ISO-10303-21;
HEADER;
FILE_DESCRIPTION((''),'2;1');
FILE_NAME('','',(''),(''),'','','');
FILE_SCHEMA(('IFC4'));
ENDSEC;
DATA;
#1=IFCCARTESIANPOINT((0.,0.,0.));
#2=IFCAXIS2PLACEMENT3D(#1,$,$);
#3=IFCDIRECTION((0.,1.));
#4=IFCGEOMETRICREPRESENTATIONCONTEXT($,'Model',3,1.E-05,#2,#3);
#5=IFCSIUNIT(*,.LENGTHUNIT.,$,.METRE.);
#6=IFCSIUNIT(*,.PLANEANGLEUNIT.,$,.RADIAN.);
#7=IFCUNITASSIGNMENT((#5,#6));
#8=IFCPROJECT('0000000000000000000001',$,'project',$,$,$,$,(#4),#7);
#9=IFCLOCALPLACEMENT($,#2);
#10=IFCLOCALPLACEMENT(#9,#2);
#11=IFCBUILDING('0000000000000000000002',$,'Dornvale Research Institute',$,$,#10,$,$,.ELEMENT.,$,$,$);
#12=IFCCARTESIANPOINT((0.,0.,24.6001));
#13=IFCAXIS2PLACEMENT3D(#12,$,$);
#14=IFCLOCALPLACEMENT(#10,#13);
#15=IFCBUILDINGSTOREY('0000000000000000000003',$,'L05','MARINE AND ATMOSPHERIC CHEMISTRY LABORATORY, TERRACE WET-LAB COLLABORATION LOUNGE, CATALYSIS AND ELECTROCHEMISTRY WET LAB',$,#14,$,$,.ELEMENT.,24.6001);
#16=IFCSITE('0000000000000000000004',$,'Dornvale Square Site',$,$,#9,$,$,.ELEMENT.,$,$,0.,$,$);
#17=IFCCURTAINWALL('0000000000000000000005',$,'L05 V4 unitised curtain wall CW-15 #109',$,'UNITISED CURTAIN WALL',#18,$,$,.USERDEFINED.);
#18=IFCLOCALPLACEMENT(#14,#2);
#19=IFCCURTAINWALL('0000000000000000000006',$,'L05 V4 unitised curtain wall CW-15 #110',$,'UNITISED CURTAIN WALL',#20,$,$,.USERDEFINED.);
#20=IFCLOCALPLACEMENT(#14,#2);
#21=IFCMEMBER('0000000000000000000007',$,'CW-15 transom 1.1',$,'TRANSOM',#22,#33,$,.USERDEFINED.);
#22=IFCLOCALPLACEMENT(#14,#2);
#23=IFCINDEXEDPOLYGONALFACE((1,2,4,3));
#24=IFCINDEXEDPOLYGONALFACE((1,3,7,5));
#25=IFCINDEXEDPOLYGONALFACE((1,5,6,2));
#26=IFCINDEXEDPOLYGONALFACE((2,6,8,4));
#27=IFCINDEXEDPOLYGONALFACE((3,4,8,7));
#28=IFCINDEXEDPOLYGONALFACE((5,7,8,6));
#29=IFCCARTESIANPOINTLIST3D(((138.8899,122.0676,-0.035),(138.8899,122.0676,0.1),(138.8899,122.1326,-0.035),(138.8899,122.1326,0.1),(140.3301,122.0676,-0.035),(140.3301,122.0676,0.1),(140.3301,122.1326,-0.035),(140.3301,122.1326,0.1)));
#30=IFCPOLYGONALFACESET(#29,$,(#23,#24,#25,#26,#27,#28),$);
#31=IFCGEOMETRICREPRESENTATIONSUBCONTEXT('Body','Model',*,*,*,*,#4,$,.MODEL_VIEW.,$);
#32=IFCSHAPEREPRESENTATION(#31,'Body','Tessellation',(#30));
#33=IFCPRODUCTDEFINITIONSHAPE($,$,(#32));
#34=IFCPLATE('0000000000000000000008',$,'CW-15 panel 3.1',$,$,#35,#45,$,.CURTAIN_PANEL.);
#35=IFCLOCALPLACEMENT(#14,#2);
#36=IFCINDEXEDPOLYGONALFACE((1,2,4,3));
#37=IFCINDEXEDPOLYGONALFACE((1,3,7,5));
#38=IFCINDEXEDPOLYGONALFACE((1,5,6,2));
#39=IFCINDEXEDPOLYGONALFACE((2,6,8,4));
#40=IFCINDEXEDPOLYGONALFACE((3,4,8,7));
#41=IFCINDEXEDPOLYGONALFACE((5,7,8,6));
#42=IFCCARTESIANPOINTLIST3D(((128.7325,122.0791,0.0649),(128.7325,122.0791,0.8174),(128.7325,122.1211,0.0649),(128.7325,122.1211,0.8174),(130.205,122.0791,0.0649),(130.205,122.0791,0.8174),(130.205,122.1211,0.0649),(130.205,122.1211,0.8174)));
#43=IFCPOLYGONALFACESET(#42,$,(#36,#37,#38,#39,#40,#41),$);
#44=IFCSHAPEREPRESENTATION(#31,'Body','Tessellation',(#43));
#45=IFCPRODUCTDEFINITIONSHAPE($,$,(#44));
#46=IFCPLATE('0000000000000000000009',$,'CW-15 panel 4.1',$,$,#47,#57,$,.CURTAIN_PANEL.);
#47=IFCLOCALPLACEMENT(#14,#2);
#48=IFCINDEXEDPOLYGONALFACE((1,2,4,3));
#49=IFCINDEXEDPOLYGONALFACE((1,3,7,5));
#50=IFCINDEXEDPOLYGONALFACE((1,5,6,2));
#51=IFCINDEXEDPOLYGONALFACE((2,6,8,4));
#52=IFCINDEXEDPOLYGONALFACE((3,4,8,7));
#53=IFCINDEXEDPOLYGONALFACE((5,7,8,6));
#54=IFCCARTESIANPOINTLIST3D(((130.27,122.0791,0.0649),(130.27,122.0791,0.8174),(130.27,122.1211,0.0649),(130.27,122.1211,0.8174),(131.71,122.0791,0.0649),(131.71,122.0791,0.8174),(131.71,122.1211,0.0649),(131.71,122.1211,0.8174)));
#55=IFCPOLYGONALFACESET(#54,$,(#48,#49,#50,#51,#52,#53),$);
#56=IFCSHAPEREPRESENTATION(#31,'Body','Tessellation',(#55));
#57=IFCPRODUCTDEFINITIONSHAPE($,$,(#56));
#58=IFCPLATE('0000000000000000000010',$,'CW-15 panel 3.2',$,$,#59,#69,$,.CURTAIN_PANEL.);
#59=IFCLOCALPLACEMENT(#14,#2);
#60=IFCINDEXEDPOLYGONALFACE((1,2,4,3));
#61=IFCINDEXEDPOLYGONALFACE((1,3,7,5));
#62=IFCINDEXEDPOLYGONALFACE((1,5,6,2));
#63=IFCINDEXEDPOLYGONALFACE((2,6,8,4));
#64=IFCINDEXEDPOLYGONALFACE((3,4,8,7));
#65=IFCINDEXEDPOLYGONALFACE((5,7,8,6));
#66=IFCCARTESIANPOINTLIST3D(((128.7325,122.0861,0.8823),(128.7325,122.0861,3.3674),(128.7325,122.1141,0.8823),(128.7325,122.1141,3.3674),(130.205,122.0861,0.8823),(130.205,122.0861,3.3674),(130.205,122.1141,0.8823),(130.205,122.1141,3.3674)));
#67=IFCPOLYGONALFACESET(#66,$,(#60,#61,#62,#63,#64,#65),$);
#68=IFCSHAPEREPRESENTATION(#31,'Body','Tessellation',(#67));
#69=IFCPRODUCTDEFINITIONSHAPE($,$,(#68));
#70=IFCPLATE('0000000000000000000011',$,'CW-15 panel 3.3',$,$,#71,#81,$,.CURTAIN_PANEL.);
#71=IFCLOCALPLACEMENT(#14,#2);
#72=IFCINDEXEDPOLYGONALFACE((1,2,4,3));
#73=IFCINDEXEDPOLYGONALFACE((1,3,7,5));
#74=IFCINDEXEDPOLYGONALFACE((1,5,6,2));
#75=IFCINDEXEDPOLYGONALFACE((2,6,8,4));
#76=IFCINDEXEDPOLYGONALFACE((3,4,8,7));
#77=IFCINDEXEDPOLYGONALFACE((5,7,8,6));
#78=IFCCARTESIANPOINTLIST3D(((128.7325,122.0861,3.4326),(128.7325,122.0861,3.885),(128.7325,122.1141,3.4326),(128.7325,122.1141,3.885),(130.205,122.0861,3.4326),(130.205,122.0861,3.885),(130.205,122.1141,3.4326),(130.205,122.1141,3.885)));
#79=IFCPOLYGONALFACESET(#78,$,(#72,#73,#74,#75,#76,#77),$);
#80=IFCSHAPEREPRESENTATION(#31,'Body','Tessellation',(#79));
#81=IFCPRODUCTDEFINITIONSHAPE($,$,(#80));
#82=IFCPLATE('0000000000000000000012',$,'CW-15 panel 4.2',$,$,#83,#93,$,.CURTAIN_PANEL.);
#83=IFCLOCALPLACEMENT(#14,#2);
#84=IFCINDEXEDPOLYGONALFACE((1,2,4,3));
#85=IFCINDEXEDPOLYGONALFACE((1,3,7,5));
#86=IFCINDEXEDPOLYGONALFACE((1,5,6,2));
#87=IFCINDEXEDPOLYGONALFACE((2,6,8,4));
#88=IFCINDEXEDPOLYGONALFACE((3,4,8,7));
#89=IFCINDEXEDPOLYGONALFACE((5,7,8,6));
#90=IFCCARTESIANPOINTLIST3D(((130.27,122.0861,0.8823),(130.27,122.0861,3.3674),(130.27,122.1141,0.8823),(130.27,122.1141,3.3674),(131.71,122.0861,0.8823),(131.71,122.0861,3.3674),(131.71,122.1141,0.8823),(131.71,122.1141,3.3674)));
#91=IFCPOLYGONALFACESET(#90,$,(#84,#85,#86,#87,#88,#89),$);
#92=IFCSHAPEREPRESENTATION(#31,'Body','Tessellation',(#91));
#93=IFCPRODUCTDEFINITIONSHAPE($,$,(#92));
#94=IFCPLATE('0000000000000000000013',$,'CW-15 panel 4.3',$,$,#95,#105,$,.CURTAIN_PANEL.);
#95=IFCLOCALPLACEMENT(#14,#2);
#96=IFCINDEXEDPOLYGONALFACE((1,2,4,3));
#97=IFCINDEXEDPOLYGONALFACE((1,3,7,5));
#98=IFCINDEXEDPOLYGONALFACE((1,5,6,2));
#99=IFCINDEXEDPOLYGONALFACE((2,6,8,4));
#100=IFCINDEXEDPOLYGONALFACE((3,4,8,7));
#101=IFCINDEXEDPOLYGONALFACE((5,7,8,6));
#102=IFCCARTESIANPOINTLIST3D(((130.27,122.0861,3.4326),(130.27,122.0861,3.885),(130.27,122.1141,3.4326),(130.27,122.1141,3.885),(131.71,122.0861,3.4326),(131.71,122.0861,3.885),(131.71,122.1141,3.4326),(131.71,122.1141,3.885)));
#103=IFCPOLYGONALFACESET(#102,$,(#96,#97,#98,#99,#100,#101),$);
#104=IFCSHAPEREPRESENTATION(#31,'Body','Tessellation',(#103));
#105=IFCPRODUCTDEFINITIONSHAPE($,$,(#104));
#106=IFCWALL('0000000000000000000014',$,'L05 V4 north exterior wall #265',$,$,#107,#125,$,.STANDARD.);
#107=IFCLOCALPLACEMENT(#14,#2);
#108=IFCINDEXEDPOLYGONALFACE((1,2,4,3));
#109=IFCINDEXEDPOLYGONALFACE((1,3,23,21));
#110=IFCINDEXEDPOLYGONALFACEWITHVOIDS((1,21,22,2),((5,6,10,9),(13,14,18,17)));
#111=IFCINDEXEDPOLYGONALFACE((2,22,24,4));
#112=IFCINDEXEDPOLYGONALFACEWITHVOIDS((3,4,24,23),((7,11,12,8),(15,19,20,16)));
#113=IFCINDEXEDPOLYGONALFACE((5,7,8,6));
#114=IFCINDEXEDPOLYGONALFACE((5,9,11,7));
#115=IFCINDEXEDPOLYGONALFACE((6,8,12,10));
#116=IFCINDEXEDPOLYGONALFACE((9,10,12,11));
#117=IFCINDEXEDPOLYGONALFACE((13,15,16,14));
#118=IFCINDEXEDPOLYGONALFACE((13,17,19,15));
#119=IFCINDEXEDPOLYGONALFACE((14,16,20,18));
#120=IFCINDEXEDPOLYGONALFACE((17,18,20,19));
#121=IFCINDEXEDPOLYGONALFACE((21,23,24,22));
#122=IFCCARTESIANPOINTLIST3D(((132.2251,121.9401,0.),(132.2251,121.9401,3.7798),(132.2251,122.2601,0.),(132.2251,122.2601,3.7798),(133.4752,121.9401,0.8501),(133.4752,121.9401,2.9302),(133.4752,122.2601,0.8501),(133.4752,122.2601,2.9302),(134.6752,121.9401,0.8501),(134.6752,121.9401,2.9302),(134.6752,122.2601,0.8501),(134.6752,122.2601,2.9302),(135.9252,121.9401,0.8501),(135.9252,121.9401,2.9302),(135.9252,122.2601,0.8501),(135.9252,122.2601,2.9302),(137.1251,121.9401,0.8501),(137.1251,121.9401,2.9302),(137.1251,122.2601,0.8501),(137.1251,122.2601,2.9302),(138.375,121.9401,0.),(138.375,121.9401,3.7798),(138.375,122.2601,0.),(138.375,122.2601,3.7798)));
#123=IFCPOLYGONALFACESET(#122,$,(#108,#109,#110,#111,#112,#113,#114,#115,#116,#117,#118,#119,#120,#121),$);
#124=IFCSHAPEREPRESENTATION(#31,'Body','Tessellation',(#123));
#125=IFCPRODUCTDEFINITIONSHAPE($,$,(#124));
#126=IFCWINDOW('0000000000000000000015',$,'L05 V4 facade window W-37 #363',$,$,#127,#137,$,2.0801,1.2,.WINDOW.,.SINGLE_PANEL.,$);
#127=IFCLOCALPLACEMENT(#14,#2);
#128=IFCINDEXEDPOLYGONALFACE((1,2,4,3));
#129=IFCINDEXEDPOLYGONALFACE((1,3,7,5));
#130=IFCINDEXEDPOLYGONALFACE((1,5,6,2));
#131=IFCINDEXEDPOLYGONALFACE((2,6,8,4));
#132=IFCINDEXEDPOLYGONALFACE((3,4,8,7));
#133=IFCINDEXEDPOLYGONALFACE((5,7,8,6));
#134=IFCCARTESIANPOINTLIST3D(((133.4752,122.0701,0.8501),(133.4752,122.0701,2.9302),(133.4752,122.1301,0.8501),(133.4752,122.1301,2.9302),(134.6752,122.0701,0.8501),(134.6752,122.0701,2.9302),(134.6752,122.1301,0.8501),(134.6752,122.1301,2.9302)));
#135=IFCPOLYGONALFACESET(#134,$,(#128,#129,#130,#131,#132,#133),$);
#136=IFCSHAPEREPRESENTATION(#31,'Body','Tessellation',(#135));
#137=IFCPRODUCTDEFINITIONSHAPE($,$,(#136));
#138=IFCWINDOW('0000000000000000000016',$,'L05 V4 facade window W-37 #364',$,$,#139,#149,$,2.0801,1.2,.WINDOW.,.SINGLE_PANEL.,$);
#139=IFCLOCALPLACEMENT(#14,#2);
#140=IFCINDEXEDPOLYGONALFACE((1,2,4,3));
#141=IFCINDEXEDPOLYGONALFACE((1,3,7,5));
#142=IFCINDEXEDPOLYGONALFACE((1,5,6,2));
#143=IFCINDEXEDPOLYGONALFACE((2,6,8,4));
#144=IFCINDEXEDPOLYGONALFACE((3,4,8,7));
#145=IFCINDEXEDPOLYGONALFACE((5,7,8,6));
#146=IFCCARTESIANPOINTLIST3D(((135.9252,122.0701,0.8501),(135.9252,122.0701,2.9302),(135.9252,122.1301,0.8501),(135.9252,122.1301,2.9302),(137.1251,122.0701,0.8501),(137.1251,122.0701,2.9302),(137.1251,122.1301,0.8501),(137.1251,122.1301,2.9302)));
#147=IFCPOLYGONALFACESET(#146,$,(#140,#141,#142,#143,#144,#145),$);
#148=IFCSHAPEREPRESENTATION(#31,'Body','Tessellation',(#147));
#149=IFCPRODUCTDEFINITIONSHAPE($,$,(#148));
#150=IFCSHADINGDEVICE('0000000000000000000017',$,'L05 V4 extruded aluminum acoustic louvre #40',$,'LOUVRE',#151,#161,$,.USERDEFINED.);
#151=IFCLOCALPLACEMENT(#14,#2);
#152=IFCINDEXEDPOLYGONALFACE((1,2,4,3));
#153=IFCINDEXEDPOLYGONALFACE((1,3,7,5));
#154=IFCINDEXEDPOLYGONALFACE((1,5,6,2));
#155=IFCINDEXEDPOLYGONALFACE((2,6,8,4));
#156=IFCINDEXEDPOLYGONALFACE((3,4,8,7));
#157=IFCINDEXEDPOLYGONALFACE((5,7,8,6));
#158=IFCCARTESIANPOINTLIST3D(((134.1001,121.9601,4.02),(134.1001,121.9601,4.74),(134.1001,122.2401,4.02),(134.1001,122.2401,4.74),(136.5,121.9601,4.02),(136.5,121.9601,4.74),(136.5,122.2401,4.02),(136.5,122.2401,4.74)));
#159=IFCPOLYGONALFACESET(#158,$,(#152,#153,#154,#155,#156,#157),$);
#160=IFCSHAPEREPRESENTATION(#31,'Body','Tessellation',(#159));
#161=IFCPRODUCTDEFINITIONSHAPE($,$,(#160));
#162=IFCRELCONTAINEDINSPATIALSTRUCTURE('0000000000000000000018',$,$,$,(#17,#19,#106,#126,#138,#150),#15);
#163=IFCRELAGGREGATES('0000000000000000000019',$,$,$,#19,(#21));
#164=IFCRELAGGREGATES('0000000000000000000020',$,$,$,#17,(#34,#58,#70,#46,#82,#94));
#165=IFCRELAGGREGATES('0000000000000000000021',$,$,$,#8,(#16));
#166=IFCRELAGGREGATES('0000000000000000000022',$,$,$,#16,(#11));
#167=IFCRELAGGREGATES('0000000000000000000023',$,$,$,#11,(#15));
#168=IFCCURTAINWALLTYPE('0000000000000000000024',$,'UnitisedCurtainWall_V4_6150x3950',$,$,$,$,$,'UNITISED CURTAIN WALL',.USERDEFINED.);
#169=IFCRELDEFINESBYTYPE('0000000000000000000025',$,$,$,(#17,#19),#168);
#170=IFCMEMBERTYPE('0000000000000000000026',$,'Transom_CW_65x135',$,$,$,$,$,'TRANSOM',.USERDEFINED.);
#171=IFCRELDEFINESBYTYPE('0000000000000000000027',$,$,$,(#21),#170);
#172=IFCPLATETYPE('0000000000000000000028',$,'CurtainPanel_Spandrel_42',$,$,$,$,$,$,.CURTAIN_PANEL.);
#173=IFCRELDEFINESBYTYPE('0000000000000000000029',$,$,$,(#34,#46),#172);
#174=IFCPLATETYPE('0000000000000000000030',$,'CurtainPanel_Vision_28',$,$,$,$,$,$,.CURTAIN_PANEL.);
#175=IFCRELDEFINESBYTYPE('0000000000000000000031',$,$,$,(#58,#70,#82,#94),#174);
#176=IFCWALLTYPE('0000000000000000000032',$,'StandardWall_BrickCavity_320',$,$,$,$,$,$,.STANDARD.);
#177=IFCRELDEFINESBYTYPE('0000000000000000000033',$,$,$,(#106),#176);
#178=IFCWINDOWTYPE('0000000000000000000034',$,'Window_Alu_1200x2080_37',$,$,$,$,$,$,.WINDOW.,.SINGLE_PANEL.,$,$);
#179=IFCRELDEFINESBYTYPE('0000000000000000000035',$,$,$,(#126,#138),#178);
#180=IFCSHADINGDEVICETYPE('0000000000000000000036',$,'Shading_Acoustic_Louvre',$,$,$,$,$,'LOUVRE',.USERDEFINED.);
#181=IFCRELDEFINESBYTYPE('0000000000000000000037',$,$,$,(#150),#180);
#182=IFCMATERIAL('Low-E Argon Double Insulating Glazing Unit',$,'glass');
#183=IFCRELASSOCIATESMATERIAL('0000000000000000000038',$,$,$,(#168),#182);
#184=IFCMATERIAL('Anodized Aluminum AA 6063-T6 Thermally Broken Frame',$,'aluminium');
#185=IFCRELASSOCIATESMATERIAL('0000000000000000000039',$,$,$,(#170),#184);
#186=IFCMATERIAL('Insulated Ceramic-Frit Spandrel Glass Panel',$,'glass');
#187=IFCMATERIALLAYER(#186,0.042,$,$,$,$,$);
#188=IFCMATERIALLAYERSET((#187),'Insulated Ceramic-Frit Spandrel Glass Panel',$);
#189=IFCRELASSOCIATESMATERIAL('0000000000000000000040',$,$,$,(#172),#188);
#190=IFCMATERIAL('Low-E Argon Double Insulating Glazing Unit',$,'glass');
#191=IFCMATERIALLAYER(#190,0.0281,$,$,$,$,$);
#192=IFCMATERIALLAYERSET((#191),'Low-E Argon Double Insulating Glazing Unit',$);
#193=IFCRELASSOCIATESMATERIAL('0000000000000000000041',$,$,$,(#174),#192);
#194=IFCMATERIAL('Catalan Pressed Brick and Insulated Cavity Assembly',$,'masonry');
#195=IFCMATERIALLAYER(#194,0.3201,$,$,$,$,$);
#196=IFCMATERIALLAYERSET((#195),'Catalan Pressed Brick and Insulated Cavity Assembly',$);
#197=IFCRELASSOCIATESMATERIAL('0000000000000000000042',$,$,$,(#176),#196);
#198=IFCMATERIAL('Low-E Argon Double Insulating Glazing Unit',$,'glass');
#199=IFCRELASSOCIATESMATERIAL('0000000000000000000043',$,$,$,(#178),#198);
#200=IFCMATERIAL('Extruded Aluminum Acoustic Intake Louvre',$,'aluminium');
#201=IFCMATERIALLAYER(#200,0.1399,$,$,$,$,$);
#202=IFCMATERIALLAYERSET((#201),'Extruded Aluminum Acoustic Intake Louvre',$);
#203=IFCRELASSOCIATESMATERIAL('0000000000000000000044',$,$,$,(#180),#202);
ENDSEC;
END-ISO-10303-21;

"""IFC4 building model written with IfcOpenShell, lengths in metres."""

from ifc_helpers import new_model, si_unit, direction, frame, frame_2d, origin, origin_2d, place, context, subcontext, project, spatial, rectangle, extrude, material, layer, layer_set, material_profile, profile_set, type_object, element, fill, aggregate, save


model = new_model("IFC4")

# Units and contexts
model_context = context("Model", 3, precision=1e-05, world=origin(), true_north=direction((0.0, 1.0)))
body_context = subcontext(model_context, "Body", "Model", "MODEL_VIEW")
ifc_project = project(units=[si_unit("LENGTHUNIT", "METRE"), si_unit("PLANEANGLEUNIT", "RADIAN")], contexts=[model_context])

# Site, building, storey
site_placement = place(None, origin())
site = spatial("IfcSite", under=ifc_project, at=site_placement, Name="Dornvale Square Site", CompositionType="ELEMENT", RefElevation=0.0)
building_placement = place(site_placement, origin())
building = spatial("IfcBuilding", under=site, at=building_placement, Name="Dornvale Research Institute", CompositionType="ELEMENT")
storey_placement = place(building_placement, frame((0.0, 0.0, 24.6001)))
storey = spatial("IfcBuildingStorey", under=building, at=storey_placement, Name="L05", Description="MARINE AND ATMOSPHERIC CHEMISTRY LABORATORY, TERRACE WET-LAB COLLABORATION LOUNGE, CATALYSIS AND ELECTROCHEMISTRY WET LAB", CompositionType="ELEMENT", Elevation=24.6001)

# Curtain wall
ifc_material_1 = material(Name="Low-E Argon Double Insulating Glazing Unit", Category="glass")
curtain_wall_type = type_object("IfcCurtainWallType", Name="UnitisedCurtainWall_V4_6150x3950", ElementType="UNITISED CURTAIN WALL", PredefinedType="USERDEFINED", material=ifc_material_1)
curtain_wall_1_placement = place(storey_placement, origin())
curtain_wall_1 = element("IfcCurtainWall", 1, at=curtain_wall_1_placement, inside=storey, type_object=curtain_wall_type, Name="L05 V4 unitised curtain wall CW-15 #109", ObjectType="UNITISED CURTAIN WALL", PredefinedType="USERDEFINED")

# Curtain wall
curtain_wall_2_placement = place(storey_placement, origin())
curtain_wall_2 = element("IfcCurtainWall", 2, at=curtain_wall_2_placement, inside=storey, type_object=curtain_wall_type, Name="L05 V4 unitised curtain wall CW-15 #110", ObjectType="UNITISED CURTAIN WALL", PredefinedType="USERDEFINED")

# Member
ifc_material_2 = material(Name="Anodized Aluminum AA 6063-T6 Thermally Broken Frame", Category="aluminium")
ifc_material_profile_1 = material_profile(ifc_material_2, rectangle(XDim=0.0649, YDim=0.135, at=origin_2d()), Name="ALU TRANSOM 65x135")
ifc_profile_set_1 = profile_set([ifc_material_profile_1], Name="Anodized Aluminum AA 6063-T6 Thermally Broken Frame")
member_type_1 = type_object("IfcMemberType", Name="Transom_CW_65x135", ElementType="TRANSOM", PredefinedType="USERDEFINED", material=ifc_profile_set_1)
member_1_placement = place(storey_placement, frame((138.8899, 122.1001, 0.0325), z_axis=(1.0, 0.0, 0.0), x_axis=(0.0, 1.0, 0.0)))
member_1 = element("IfcMember", 3, at=member_1_placement, type_object=member_type_1, Name="CW-15 transom 1.1", ObjectType="TRANSOM", PredefinedType="USERDEFINED", context=body_context, shape_type="SweptSolid", body=[
    extrude(rectangle(XDim=0.0649, YDim=0.135, at=origin_2d()), origin(), (0.0, 0.0, 1.0), 1.4402),
])
aggregate(curtain_wall_2, [member_1])

# Plates
ifc_material_3 = material(Name="Insulated Ceramic-Frit Spandrel Glass Panel", Category="glass")
ifc_layer_1 = layer(ifc_material_3, 0.042)
ifc_layer_set_1 = layer_set([ifc_layer_1], Name="Insulated Ceramic-Frit Spandrel Glass Panel")
plate_type_1 = type_object("IfcPlateType", Name="CurtainPanel_Spandrel_42", PredefinedType="CURTAIN_PANEL", material=ifc_layer_set_1)
plate_1_placement = place(storey_placement, frame((129.4688, 122.1001, 0.0649), z_axis=(0.0, 0.0, 1.0), x_axis=(1.0, 0.0, 0.0)))
plate_1 = element("IfcPlate", 4, at=plate_1_placement, type_object=plate_type_1, Name="CW-15 panel 3.1", PredefinedType="CURTAIN_PANEL", context=body_context, shape_type="SweptSolid", body=[
    extrude(rectangle(XDim=1.4724, YDim=0.042, at=origin_2d()), origin(), (0.0, 0.0, 1.0), 0.7524),
])
plate_2_placement = place(storey_placement, frame((130.99, 122.1001, 0.0649), z_axis=(0.0, 0.0, 1.0), x_axis=(1.0, 0.0, 0.0)))
plate_2 = element("IfcPlate", 5, at=plate_2_placement, type_object=plate_type_1, Name="CW-15 panel 4.1", PredefinedType="CURTAIN_PANEL", context=body_context, shape_type="SweptSolid", body=[
    extrude(rectangle(XDim=1.4399, YDim=0.042, at=origin_2d()), origin(), (0.0, 0.0, 1.0), 0.7524),
])
ifc_material_4 = material(Name="Low-E Argon Double Insulating Glazing Unit", Category="glass")
ifc_layer_2 = layer(ifc_material_4, 0.0281)
ifc_layer_set_2 = layer_set([ifc_layer_2], Name="Low-E Argon Double Insulating Glazing Unit")
plate_type_2 = type_object("IfcPlateType", Name="CurtainPanel_Vision_28", PredefinedType="CURTAIN_PANEL", material=ifc_layer_set_2)
plate_3_placement = place(storey_placement, frame((129.4688, 122.1001, 0.8823), z_axis=(0.0, 0.0, 1.0), x_axis=(1.0, 0.0, 0.0)))
plate_3 = element("IfcPlate", 6, at=plate_3_placement, type_object=plate_type_2, Name="CW-15 panel 3.2", PredefinedType="CURTAIN_PANEL", context=body_context, shape_type="SweptSolid", body=[
    extrude(rectangle(XDim=1.4724, YDim=0.0281, at=origin_2d()), origin(), (0.0, 0.0, 1.0), 2.4851),
])
plate_4_placement = place(storey_placement, frame((129.4688, 122.1001, 3.4326), z_axis=(0.0, 0.0, 1.0), x_axis=(1.0, 0.0, 0.0)))
plate_4 = element("IfcPlate", 7, at=plate_4_placement, type_object=plate_type_2, Name="CW-15 panel 3.3", PredefinedType="CURTAIN_PANEL", context=body_context, shape_type="SweptSolid", body=[
    extrude(rectangle(XDim=1.4724, YDim=0.0281, at=origin_2d()), origin(), (0.0, 0.0, 1.0), 0.4524),
])
plate_5_placement = place(storey_placement, frame((130.99, 122.1001, 0.8823), z_axis=(0.0, 0.0, 1.0), x_axis=(1.0, 0.0, 0.0)))
plate_5 = element("IfcPlate", 8, at=plate_5_placement, type_object=plate_type_2, Name="CW-15 panel 4.2", PredefinedType="CURTAIN_PANEL", context=body_context, shape_type="SweptSolid", body=[
    extrude(rectangle(XDim=1.4399, YDim=0.0281, at=origin_2d()), origin(), (0.0, 0.0, 1.0), 2.4851),
])
plate_6_placement = place(storey_placement, frame((130.99, 122.1001, 3.4326), z_axis=(0.0, 0.0, 1.0), x_axis=(1.0, 0.0, 0.0)))
plate_6 = element("IfcPlate", 9, at=plate_6_placement, type_object=plate_type_2, Name="CW-15 panel 4.3", PredefinedType="CURTAIN_PANEL", context=body_context, shape_type="SweptSolid", body=[
    extrude(rectangle(XDim=1.4399, YDim=0.0281, at=origin_2d()), origin(), (0.0, 0.0, 1.0), 0.4524),
])
aggregate(curtain_wall_1, [plate_1, plate_3, plate_4, plate_2, plate_5, plate_6])

# Wall, openings, windows
ifc_material_5 = material(Name="Catalan Pressed Brick and Insulated Cavity Assembly", Category="masonry")
ifc_layer_3 = layer(ifc_material_5, 0.3201)
ifc_layer_set_3 = layer_set([ifc_layer_3], Name="Catalan Pressed Brick and Insulated Cavity Assembly")
wall_type = type_object("IfcWallType", Name="StandardWall_BrickCavity_320", PredefinedType="STANDARD", material=ifc_layer_set_3)
wall_placement = place(storey_placement, frame((132.2251, 122.1001, 0.0), z_axis=(0.0, 0.0, 1.0), x_axis=(1.0, 0.0, 0.0)))
wall = element("IfcWall", 10, at=wall_placement, inside=storey, type_object=wall_type, Name="L05 V4 north exterior wall #265", PredefinedType="STANDARD", context=body_context, shape_type="SweptSolid", body=[
    extrude(rectangle(XDim=6.1499, YDim=0.3201, at=frame_2d((3.075, 0.0))), origin(), (0.0, 0.0, 1.0), 3.7798),
])
opening_1_placement = place(wall_placement, frame((1.25, 0.0, 0.8501)))
opening_1 = element("IfcOpeningElement", 11, at=opening_1_placement, cuts=wall, PredefinedType="OPENING", context=body_context, shape_type="SweptSolid", body=[
    extrude(rectangle(XDim=1.2, YDim=2.0801, at=frame_2d((0.6001, 1.04))), frame((0.0, 0.175, 0.0), z_axis=(0.0, -1.0, 0.0), x_axis=(1.0, 0.0, 0.0)), (0.0, 0.0, 1.0), 0.3501),
])
opening_2_placement = place(wall_placement, frame((3.7, 0.0, 0.8501)))
opening_2 = element("IfcOpeningElement", 12, at=opening_2_placement, cuts=wall, PredefinedType="OPENING", context=body_context, shape_type="SweptSolid", body=[
    extrude(rectangle(XDim=1.2, YDim=2.0801, at=frame_2d((0.6001, 1.04))), frame((0.0, 0.175, 0.0), z_axis=(0.0, -1.0, 0.0), x_axis=(1.0, 0.0, 0.0)), (0.0, 0.0, 1.0), 0.3501),
])
ifc_material_6 = material(Name="Low-E Argon Double Insulating Glazing Unit", Category="glass")
window_type = type_object("IfcWindowType", Name="Window_Alu_1200x2080_37", PartitioningType="SINGLE_PANEL", PredefinedType="WINDOW", material=ifc_material_6)
window_1_placement = place(opening_1_placement, origin())
window_1 = element("IfcWindow", 13, at=window_1_placement, inside=storey, type_object=window_type, Name="L05 V4 facade window W-37 #363", OverallHeight=2.0801, OverallWidth=1.2, PartitioningType="SINGLE_PANEL", PredefinedType="WINDOW", context=body_context, shape_type="SweptSolid", body=[
    extrude(rectangle(XDim=1.2, YDim=2.0801, at=frame_2d((0.6001, 1.04))), frame((0.0, 0.03, 0.0), z_axis=(0.0, -1.0, 0.0), x_axis=(1.0, 0.0, 0.0)), (0.0, 0.0, 1.0), 0.0601),
])
fill(opening_1, window_1)
window_2_placement = place(opening_2_placement, origin())
window_2 = element("IfcWindow", 14, at=window_2_placement, inside=storey, type_object=window_type, Name="L05 V4 facade window W-37 #364", OverallHeight=2.0801, OverallWidth=1.2, PartitioningType="SINGLE_PANEL", PredefinedType="WINDOW", context=body_context, shape_type="SweptSolid", body=[
    extrude(rectangle(XDim=1.2, YDim=2.0801, at=frame_2d((0.6001, 1.04))), frame((0.0, 0.03, 0.0), z_axis=(0.0, -1.0, 0.0), x_axis=(1.0, 0.0, 0.0)), (0.0, 0.0, 1.0), 0.0601),
])
fill(opening_2, window_2)

# Shading device
ifc_material_7 = material(Name="Extruded Aluminum Acoustic Intake Louvre", Category="aluminium")
ifc_layer_4 = layer(ifc_material_7, 0.1399)
ifc_layer_set_4 = layer_set([ifc_layer_4], Name="Extruded Aluminum Acoustic Intake Louvre")
shading_device_type = type_object("IfcShadingDeviceType", Name="Shading_Acoustic_Louvre", ElementType="LOUVRE", PredefinedType="USERDEFINED", material=ifc_layer_set_4)
shading_device_placement = place(storey_placement, frame((135.3, 122.1001, 4.02), z_axis=(0.0, 0.0, 1.0), x_axis=(1.0, 0.0, 0.0)))
element("IfcShadingDevice", 15, at=shading_device_placement, inside=storey, type_object=shading_device_type, Name="L05 V4 extruded aluminum acoustic louvre #40", ObjectType="LOUVRE", PredefinedType="USERDEFINED", context=body_context, shape_type="SweptSolid", body=[
    extrude(rectangle(XDim=2.3999, YDim=0.28, at=origin_2d()), origin(), (0.0, 0.0, 1.0), 0.72),
])

save(model, "model.ifc")
